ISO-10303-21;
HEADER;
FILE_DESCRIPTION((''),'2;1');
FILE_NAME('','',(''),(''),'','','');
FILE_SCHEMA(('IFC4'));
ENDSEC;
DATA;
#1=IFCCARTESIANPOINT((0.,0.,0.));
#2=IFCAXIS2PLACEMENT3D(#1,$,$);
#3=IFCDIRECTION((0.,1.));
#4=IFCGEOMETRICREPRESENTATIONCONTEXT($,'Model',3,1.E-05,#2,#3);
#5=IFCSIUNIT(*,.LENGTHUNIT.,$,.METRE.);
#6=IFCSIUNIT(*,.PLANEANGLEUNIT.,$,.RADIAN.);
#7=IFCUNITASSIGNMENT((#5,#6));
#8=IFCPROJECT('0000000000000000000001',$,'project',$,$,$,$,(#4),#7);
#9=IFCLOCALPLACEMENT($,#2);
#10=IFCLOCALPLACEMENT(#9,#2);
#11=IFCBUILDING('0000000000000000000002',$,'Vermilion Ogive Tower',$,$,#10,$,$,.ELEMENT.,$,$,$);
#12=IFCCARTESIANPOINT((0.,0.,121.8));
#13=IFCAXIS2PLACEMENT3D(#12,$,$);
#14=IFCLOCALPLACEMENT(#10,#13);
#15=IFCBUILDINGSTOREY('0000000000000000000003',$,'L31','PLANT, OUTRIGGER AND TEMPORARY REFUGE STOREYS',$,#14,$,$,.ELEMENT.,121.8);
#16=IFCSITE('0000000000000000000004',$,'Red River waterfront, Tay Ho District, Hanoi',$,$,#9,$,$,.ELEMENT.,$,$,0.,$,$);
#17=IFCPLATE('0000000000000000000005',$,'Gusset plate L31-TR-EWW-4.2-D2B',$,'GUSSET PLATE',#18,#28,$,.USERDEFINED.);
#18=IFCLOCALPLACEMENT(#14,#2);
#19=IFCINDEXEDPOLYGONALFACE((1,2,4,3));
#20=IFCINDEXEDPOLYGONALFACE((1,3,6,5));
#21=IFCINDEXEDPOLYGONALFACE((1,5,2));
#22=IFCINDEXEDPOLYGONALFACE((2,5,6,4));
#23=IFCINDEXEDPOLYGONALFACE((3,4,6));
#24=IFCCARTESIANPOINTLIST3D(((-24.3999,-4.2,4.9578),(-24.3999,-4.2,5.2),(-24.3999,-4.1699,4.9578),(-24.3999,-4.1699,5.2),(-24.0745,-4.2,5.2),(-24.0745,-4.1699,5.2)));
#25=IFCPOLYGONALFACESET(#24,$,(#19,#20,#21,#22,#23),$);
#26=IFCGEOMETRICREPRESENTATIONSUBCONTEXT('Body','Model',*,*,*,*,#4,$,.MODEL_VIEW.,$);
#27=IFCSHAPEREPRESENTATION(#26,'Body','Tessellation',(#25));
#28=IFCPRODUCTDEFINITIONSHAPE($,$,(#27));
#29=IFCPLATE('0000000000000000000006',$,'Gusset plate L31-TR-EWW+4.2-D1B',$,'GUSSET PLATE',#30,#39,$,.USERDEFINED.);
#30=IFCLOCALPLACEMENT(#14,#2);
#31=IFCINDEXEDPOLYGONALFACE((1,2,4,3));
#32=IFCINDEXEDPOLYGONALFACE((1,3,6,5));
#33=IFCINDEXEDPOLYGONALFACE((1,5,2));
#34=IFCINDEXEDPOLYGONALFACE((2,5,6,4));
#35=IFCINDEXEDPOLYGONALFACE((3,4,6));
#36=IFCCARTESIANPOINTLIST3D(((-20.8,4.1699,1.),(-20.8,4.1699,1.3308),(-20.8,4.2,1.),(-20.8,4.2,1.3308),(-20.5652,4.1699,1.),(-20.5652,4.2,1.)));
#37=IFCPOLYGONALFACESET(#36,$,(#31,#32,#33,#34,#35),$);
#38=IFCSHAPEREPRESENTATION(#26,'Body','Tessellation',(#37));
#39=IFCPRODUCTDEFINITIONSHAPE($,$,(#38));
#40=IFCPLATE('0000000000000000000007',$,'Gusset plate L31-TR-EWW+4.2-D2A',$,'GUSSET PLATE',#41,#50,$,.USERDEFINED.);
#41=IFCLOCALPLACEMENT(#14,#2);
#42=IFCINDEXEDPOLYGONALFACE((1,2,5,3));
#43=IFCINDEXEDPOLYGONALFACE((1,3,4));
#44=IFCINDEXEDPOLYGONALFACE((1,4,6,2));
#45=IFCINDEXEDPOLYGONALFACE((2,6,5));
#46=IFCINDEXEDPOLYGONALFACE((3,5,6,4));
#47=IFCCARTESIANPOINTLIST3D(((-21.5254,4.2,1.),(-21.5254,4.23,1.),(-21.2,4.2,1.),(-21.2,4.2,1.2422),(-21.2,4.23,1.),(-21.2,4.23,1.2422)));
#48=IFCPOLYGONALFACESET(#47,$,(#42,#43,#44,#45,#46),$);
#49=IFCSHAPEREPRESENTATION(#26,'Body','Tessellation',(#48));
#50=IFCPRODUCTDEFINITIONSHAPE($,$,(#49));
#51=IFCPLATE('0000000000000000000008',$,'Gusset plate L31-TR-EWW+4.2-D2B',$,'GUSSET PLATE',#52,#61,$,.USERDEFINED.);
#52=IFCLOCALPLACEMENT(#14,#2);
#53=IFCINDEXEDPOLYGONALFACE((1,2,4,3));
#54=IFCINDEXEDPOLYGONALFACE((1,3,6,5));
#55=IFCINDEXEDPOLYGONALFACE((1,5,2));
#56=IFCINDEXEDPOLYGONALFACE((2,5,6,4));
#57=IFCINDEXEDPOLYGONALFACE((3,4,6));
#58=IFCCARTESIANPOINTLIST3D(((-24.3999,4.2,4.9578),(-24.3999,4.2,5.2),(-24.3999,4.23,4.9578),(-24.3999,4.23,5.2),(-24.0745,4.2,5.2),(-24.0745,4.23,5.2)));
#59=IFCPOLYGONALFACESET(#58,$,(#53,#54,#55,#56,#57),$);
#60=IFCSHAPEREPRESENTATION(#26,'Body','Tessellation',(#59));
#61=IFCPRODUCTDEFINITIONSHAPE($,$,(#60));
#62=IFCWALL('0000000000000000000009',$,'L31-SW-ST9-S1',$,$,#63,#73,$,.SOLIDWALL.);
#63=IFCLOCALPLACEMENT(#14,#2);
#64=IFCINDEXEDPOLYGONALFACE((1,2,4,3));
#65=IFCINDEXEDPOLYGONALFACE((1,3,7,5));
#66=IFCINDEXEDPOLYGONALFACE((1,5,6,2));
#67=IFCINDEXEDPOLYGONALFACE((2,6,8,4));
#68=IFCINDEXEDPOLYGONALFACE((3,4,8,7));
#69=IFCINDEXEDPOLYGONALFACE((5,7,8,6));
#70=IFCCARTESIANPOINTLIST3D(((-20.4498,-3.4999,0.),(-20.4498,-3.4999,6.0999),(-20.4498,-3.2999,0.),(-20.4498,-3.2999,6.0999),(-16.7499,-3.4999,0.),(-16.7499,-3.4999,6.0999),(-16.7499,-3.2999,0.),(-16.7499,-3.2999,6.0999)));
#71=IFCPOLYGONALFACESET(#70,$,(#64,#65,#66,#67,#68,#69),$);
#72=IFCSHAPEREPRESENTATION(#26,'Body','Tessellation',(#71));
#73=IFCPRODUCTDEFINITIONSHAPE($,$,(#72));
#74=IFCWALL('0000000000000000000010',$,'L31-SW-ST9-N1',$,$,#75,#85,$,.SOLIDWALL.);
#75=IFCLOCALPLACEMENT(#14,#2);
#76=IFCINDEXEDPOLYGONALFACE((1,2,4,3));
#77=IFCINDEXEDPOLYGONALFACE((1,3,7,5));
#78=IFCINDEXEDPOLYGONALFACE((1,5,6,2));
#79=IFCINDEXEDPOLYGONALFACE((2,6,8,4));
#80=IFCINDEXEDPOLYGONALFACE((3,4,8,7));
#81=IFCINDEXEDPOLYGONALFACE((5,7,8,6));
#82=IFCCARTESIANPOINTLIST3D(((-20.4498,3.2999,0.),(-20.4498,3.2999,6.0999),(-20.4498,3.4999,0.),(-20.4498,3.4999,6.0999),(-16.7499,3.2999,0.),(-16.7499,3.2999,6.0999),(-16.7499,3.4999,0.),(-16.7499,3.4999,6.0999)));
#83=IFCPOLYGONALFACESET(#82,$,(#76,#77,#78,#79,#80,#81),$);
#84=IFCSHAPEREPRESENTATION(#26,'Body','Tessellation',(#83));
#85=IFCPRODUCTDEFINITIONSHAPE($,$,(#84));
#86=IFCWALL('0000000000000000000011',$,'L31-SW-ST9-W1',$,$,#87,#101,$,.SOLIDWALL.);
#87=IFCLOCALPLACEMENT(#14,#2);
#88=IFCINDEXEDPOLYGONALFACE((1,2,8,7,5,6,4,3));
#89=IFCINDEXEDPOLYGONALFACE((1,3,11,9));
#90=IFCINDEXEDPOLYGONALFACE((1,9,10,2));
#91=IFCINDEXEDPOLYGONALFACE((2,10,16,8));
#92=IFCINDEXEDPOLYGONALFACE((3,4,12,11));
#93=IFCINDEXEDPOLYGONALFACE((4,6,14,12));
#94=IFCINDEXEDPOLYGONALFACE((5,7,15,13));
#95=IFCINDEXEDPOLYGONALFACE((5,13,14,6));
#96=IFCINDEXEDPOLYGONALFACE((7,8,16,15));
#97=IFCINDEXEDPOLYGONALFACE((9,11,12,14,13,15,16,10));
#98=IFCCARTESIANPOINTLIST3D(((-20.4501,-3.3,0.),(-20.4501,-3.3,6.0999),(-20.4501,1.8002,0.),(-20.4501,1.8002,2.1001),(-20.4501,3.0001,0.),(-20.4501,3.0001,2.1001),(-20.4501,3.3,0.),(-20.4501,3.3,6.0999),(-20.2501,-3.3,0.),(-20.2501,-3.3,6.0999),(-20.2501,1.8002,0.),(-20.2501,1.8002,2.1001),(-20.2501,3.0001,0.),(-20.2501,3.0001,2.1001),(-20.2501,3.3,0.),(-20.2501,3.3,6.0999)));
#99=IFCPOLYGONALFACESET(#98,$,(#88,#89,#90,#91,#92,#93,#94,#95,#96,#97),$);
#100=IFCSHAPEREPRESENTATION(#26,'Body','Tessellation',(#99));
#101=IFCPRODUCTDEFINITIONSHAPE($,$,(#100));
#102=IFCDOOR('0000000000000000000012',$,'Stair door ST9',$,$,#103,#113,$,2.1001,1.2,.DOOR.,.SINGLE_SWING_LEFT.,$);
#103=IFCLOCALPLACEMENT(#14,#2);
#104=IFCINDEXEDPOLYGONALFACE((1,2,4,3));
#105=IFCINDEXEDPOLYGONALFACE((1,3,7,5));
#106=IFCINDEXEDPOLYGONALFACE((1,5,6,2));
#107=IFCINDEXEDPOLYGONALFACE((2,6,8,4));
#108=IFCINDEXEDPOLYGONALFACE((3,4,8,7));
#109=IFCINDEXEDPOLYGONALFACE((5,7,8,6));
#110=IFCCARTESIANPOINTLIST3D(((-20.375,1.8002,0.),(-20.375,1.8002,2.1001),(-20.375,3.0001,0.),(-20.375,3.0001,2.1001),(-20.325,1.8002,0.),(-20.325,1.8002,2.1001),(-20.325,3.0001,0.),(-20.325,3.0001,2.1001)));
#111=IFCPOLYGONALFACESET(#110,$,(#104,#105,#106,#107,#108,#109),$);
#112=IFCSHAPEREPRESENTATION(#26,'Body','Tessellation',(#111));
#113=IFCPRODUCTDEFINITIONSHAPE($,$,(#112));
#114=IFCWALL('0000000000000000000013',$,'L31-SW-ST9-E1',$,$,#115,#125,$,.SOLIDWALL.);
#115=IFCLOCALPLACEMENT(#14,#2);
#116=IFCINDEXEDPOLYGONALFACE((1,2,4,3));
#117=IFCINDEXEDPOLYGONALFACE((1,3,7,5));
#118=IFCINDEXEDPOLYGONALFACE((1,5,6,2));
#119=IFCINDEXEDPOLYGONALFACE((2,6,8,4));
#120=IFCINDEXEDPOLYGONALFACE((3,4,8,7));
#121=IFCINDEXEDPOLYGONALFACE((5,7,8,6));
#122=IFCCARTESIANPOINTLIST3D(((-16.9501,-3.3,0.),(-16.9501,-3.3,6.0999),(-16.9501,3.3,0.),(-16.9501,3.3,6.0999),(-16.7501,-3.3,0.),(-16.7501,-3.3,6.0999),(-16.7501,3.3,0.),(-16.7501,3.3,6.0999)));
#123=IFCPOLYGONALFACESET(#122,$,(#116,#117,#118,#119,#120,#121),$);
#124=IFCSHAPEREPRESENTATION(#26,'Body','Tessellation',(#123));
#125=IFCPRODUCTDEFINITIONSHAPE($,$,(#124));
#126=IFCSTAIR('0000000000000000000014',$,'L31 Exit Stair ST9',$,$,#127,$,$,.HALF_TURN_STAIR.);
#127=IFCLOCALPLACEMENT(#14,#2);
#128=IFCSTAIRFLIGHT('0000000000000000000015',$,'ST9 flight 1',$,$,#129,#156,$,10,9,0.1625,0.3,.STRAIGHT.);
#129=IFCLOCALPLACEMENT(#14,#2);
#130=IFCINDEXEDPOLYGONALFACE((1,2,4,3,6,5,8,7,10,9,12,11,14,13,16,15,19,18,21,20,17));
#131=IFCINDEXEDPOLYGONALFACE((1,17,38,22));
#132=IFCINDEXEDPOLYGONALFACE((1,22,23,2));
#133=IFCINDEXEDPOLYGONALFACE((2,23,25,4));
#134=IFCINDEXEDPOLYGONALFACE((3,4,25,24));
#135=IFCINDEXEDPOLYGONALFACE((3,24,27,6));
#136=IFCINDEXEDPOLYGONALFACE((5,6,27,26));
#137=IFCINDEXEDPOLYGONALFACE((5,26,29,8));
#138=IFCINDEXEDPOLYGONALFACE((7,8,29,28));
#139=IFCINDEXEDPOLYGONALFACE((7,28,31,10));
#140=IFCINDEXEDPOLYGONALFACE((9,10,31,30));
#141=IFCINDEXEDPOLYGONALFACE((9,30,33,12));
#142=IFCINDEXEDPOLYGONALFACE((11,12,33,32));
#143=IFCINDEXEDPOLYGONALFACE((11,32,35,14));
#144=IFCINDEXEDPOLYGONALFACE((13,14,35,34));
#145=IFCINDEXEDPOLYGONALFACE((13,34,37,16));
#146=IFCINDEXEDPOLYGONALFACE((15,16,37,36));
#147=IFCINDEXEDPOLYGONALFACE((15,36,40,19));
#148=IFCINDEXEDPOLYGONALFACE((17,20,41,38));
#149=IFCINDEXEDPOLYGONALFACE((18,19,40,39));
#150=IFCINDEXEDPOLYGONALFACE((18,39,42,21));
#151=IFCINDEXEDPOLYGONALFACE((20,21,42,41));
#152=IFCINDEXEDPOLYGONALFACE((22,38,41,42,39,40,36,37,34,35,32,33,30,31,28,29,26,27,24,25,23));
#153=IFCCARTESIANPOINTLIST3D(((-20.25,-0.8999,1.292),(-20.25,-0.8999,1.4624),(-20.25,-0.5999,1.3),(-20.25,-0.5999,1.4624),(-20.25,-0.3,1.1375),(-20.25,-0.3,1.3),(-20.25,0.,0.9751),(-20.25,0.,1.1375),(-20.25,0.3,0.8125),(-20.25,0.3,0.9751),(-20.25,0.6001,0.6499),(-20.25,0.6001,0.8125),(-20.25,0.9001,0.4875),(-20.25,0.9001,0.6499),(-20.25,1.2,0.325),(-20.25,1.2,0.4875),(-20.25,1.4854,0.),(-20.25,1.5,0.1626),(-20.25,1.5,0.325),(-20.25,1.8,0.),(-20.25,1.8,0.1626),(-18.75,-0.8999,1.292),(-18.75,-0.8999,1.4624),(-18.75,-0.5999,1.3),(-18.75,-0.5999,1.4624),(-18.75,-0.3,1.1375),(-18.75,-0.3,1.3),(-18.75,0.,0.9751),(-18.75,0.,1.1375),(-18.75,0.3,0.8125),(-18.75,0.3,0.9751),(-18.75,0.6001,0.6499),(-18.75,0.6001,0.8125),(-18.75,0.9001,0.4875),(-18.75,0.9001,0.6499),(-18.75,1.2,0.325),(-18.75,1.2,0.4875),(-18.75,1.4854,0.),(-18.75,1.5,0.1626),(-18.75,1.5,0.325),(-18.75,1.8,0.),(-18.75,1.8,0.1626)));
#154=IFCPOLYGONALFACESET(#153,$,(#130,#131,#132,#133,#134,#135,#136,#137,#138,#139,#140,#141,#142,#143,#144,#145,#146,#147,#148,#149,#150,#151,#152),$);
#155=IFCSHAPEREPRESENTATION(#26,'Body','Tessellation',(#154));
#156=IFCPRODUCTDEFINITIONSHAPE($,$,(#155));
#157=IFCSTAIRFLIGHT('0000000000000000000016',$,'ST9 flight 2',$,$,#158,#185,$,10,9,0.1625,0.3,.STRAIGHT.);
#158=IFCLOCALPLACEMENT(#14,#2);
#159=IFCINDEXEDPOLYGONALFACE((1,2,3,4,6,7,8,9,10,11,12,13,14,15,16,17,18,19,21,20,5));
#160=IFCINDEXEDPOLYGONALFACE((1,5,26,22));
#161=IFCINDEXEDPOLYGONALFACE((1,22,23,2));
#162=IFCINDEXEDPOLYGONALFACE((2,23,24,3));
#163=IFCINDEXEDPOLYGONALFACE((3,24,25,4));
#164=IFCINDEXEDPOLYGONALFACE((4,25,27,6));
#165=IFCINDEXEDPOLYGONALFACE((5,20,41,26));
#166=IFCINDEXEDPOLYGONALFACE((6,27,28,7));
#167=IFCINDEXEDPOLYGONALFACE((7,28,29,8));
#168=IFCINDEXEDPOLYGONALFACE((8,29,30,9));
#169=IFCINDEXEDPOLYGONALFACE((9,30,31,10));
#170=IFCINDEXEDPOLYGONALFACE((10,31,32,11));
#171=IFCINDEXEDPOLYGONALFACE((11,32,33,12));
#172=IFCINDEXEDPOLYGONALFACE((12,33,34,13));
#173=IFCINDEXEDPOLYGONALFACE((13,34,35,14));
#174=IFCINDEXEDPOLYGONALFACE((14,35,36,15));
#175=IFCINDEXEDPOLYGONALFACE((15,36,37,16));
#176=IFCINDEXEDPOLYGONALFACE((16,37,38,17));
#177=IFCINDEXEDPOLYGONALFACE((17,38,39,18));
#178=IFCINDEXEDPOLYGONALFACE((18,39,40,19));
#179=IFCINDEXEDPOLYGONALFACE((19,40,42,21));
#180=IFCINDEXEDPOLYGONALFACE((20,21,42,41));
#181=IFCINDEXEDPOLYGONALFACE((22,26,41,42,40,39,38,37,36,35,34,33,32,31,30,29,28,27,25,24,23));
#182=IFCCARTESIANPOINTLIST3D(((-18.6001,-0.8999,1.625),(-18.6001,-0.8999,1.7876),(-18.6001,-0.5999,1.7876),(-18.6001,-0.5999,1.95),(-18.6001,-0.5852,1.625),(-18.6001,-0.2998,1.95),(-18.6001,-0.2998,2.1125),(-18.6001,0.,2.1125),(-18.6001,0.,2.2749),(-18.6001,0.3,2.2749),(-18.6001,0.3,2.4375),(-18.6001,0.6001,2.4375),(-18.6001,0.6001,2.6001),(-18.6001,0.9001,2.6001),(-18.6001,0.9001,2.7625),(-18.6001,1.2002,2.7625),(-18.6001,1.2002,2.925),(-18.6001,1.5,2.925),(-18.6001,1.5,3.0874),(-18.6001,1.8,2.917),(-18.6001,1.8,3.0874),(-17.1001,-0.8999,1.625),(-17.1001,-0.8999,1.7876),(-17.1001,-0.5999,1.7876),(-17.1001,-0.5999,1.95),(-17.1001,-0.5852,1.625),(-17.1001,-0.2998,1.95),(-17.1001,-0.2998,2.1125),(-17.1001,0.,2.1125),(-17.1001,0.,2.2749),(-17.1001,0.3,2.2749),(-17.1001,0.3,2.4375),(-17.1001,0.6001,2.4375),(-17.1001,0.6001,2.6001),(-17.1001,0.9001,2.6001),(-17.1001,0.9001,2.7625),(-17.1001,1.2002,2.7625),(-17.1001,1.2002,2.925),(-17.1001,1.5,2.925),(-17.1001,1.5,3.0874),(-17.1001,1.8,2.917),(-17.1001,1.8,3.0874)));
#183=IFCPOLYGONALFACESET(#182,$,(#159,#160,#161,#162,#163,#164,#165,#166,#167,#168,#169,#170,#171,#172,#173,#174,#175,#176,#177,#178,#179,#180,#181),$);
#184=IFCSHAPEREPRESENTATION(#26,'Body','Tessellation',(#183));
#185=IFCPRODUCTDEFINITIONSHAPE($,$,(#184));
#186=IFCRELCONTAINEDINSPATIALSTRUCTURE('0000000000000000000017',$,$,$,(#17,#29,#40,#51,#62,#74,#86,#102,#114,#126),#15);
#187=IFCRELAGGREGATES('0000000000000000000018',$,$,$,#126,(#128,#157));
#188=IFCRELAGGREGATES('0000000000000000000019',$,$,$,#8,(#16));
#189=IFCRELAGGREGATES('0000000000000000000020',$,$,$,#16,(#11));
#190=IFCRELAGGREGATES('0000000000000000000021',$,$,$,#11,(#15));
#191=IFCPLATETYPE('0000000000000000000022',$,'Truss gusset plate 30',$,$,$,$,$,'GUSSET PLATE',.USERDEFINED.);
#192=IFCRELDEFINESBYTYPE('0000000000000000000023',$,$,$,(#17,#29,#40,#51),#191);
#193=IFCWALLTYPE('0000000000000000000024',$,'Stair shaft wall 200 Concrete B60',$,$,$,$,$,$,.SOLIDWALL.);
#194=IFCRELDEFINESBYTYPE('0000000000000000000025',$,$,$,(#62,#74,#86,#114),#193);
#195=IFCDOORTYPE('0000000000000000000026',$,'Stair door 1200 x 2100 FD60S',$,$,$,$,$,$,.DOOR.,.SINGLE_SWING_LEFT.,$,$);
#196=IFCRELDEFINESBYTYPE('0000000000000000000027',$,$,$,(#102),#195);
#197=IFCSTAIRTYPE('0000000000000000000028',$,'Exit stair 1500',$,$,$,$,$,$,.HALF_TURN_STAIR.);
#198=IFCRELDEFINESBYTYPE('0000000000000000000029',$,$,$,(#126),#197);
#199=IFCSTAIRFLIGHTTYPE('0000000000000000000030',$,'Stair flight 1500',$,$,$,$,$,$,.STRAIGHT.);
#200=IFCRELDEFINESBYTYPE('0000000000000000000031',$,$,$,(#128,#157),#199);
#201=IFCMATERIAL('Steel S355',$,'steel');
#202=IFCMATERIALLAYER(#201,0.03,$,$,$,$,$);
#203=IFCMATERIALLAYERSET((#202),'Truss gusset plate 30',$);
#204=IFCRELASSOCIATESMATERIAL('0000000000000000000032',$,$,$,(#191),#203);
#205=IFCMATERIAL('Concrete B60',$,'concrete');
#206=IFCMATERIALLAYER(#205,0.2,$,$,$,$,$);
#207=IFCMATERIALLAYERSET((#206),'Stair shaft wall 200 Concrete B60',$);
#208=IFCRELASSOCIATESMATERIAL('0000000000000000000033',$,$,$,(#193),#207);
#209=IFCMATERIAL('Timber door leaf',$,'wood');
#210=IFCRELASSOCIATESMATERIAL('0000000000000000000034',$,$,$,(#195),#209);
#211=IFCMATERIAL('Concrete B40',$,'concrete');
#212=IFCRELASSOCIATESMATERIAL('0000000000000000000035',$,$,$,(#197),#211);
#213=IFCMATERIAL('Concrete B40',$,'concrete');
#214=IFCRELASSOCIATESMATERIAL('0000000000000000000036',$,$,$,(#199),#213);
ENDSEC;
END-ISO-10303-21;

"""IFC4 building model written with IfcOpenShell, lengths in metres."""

from ifc_helpers import new_model, si_unit, direction, frame, frame_2d, origin, place, context, subcontext, project, spatial, polyline, rectangle, outline, extrude, material, layer, layer_set, type_object, element, fill, aggregate, save


model = new_model("IFC4")

# Units and contexts
model_context = context("Model", 3, precision=1e-05, world=origin(), true_north=direction((0.0, 1.0)))
body_context = subcontext(model_context, "Body", "Model", "MODEL_VIEW")
ifc_project = project(units=[si_unit("LENGTHUNIT", "METRE"), si_unit("PLANEANGLEUNIT", "RADIAN")], contexts=[model_context])

# Site, building, storey
site_placement = place(None, origin())
site = spatial("IfcSite", under=ifc_project, at=site_placement, Name="Red River waterfront, Tay Ho District, Hanoi", CompositionType="ELEMENT", RefElevation=0.0)
building_placement = place(site_placement, origin())
building = spatial("IfcBuilding", under=site, at=building_placement, Name="Vermilion Ogive Tower", CompositionType="ELEMENT")
storey_placement = place(building_placement, frame((0.0, 0.0, 121.8)))
storey = spatial("IfcBuildingStorey", under=building, at=storey_placement, Name="L31", Description="PLANT, OUTRIGGER AND TEMPORARY REFUGE STOREYS", CompositionType="ELEMENT", Elevation=121.8)

# Plates
ifc_material_1 = material(Name="Steel S355", Category="steel")
ifc_layer_1 = layer(ifc_material_1, 0.03)
ifc_layer_set_1 = layer_set([ifc_layer_1], Name="Truss gusset plate 30")
plate_type = type_object("IfcPlateType", Name="Truss gusset plate 30", ElementType="GUSSET PLATE", PredefinedType="USERDEFINED", material=ifc_layer_set_1)
for number, where, z_axis, x_axis, name in (
    (1, (-24.3999, -4.2, 4.9578), (0.0, -1.0, 0.0), (0.802233, 0.0, 0.597011), "Gusset plate L31-TR-EWW-4.2-D2B"),
):
    element("IfcPlate", number, at=place(storey_placement, frame(where, z_axis=z_axis, x_axis=x_axis)), inside=storey, type_object=plate_type, Name=name, ObjectType="GUSSET PLATE", PredefinedType="USERDEFINED", context=body_context, shape_type="SweptSolid", body=[
        extrude(outline(polyline([(0.0, 0.0), (0.4057, 0.0), (0.1446, 0.1943), (0.0, 0.0)])), origin(), (0.0, 0.0, -1.0), 0.03),
    ])
plate_1_placement = place(storey_placement, frame((-20.8, 4.2, 1.3308), z_axis=(0.0, 1.0, 0.0), x_axis=(0.578902, 0.0, -0.815397)))
element("IfcPlate", 2, at=plate_1_placement, inside=storey, type_object=plate_type, Name="Gusset plate L31-TR-EWW+4.2-D1B", ObjectType="GUSSET PLATE", PredefinedType="USERDEFINED", context=body_context, shape_type="SweptSolid", body=[
    extrude(outline(polyline([(0.0, 0.0), (0.4057, 0.0), (0.2697, 0.1915), (0.0, 0.0)])), origin(), (0.0, 0.0, -1.0), 0.03),
])
for number, where, z_axis, x_axis, name in (
    (3, (-21.2, 4.2, 1.2422), (0.0, -1.0, 0.0), (-0.802233, 0.0, -0.597011), "Gusset plate L31-TR-EWW+4.2-D2A"),
    (4, (-24.3999, 4.2, 4.9578), (0.0, -1.0, 0.0), (0.802233, 0.0, 0.597011), "Gusset plate L31-TR-EWW+4.2-D2B"),
):
    element("IfcPlate", number, at=place(storey_placement, frame(where, z_axis=z_axis, x_axis=x_axis)), inside=storey, type_object=plate_type, Name=name, ObjectType="GUSSET PLATE", PredefinedType="USERDEFINED", context=body_context, shape_type="SweptSolid", body=[
        extrude(outline(polyline([(0.0, 0.0), (0.4057, 0.0), (0.1446, 0.1943), (0.0, 0.0)])), origin(), (0.0, 0.0, -1.0), 0.03),
    ])

# Walls
ifc_material_2 = material(Name="Concrete B60", Category="concrete")
ifc_layer_2 = layer(ifc_material_2, 0.2)
ifc_layer_set_2 = layer_set([ifc_layer_2], Name="Stair shaft wall 200 Concrete B60")
wall_type = type_object("IfcWallType", Name="Stair shaft wall 200 Concrete B60", PredefinedType="SOLIDWALL", material=ifc_layer_set_2)
for number, where, z_axis, x_axis, name in (
    (5, (-20.45, -3.3999, 0.0), (0.0, 0.0, 1.0), (1.0, 0.0, 0.0), "L31-SW-ST9-S1"),
    (6, (-20.45, 3.3999, 0.0), (0.0, 0.0, 1.0), (1.0, 0.0, 0.0), "L31-SW-ST9-N1"),
):
    element("IfcWall", number, at=place(storey_placement, frame(where, z_axis=z_axis, x_axis=x_axis)), inside=storey, type_object=wall_type, Name=name, PredefinedType="SOLIDWALL", context=body_context, shape_type="SweptSolid", body=[
        extrude(rectangle(XDim=3.7, YDim=0.2, at=frame_2d((1.8501, 0.0))), origin(), (0.0, 0.0, 1.0), 6.0999),
    ])

# Wall, opening, door
wall_1_placement = place(storey_placement, frame((-20.3501, -3.3, 0.0), z_axis=(0.0, 0.0, 1.0), x_axis=(0.0, 1.0, 0.0)))
wall_1 = element("IfcWall", 7, at=wall_1_placement, inside=storey, type_object=wall_type, Name="L31-SW-ST9-W1", PredefinedType="SOLIDWALL", context=body_context, shape_type="SweptSolid", body=[
    extrude(rectangle(XDim=6.6001, YDim=0.2, at=frame_2d((3.3, 0.0))), origin(), (0.0, 0.0, 1.0), 6.0999),
])
opening_placement = place(wall_1_placement, frame((5.1001, 0.0, 0.0)))
opening = element("IfcOpeningElement", 8, at=opening_placement, cuts=wall_1, PredefinedType="OPENING", context=body_context, shape_type="SweptSolid", body=[
    extrude(rectangle(XDim=1.2, YDim=2.1001, at=frame_2d((0.6001, 1.05))), frame((0.0, 0.1099, 0.0), z_axis=(0.0, -1.0, 0.0), x_axis=(1.0, 0.0, 0.0)), (0.0, 0.0, 1.0), 0.22),
])
ifc_material_3 = material(Name="Timber door leaf", Category="wood")
door_type = type_object("IfcDoorType", Name="Stair door 1200 x 2100 FD60S", OperationType="SINGLE_SWING_LEFT", PredefinedType="DOOR", material=ifc_material_3)
door_placement = place(opening_placement, origin())
door = element("IfcDoor", 9, at=door_placement, inside=storey, type_object=door_type, Name="Stair door ST9", OperationType="SINGLE_SWING_LEFT", OverallHeight=2.1001, OverallWidth=1.2, PredefinedType="DOOR", context=body_context, shape_type="SweptSolid", body=[
    extrude(rectangle(XDim=1.2, YDim=2.1001, at=frame_2d((0.6001, 1.05))), frame((0.0, 0.0249, 0.0), z_axis=(0.0, -1.0, 0.0), x_axis=(1.0, 0.0, 0.0)), (0.0, 0.0, 1.0), 0.05),
])
fill(opening, door)

# Wall
wall_2_placement = place(storey_placement, frame((-16.8501, -3.3, 0.0), z_axis=(0.0, 0.0, 1.0), x_axis=(0.0, 1.0, 0.0)))
element("IfcWall", 10, at=wall_2_placement, inside=storey, type_object=wall_type, Name="L31-SW-ST9-E1", PredefinedType="SOLIDWALL", context=body_context, shape_type="SweptSolid", body=[
    extrude(rectangle(XDim=6.6001, YDim=0.2, at=frame_2d((3.3, 0.0))), origin(), (0.0, 0.0, 1.0), 6.0999),
])

# Stair, stair flights
ifc_material_4 = material(Name="Concrete B40", Category="concrete")
stair_type = type_object("IfcStairType", Name="Exit stair 1500", PredefinedType="HALF_TURN_STAIR", material=ifc_material_4)
stair_placement = place(storey_placement, origin())
stair = element("IfcStair", 11, at=stair_placement, inside=storey, type_object=stair_type, Name="L31 Exit Stair ST9", PredefinedType="HALF_TURN_STAIR")
ifc_material_5 = material(Name="Concrete B40", Category="concrete")
stair_flight_type = type_object("IfcStairFlightType", Name="Stair flight 1500", PredefinedType="STRAIGHT", material=ifc_material_5)
stair_flight_1_placement = place(storey_placement, frame((-19.5, 1.8, 0.0), z_axis=(0.0, 0.0, 1.0), x_axis=(0.0, -1.0, 0.0)))
stair_flight_1 = element("IfcStairFlight", 12, at=stair_flight_1_placement, type_object=stair_flight_type, Name="ST9 flight 1", NumberOfRisers=10, NumberOfTreads=9, PredefinedType="STRAIGHT", RiserHeight=0.1625, TreadLength=0.3, context=body_context, shape_type="SweptSolid", body=[
    extrude(outline(polyline([(0.0, 0.0), (0.0, 0.1626), (0.3, 0.1626), (0.3, 0.325), (0.6001, 0.325), (0.6001, 0.4875), (0.8999, 0.4875), (0.8999, 0.6499), (1.2, 0.6499), (1.2, 0.8125), (1.5, 0.8125), (1.5, 0.9751), (1.8, 0.9751), (1.8, 1.1375), (2.1001, 1.1375), (2.1001, 1.3), (2.3999, 1.3), (2.3999, 1.4624), (2.7, 1.4624), (2.7, 1.625), (2.7, 1.292), (0.3147, 0.0), (0.0, 0.0)])), frame((0.0, 0.75, 0.0), z_axis=(0.0, -1.0, 0.0), x_axis=(1.0, 0.0, 0.0)), (0.0, 0.0, 1.0), 1.5),
])
stair_flight_2_placement = place(storey_placement, frame((-17.8501, -0.8999, 1.625), z_axis=(0.0, 0.0, 1.0), x_axis=(0.0, 1.0, 0.0)))
stair_flight_2 = element("IfcStairFlight", 13, at=stair_flight_2_placement, type_object=stair_flight_type, Name="ST9 flight 2", NumberOfRisers=10, NumberOfTreads=9, PredefinedType="STRAIGHT", RiserHeight=0.1625, TreadLength=0.3, context=body_context, shape_type="SweptSolid", body=[
    extrude(outline(polyline([(0.0, 0.0), (0.0, 0.1626), (0.3, 0.1626), (0.3, 0.325), (0.6001, 0.325), (0.6001, 0.4875), (0.8999, 0.4875), (0.8999, 0.6499), (1.2, 0.6499), (1.2, 0.8125), (1.5, 0.8125), (1.5, 0.9751), (1.8, 0.9751), (1.8, 1.1375), (2.1001, 1.1375), (2.1001, 1.3), (2.3999, 1.3), (2.3999, 1.4624), (2.7, 1.4624), (2.7, 1.625), (2.7, 1.292), (0.3147, 0.0), (0.0, 0.0)])), frame((0.0, 0.75, 0.0), z_axis=(0.0, -1.0, 0.0), x_axis=(1.0, 0.0, 0.0)), (0.0, 0.0, 1.0), 1.5),
])
aggregate(stair, [stair_flight_1, stair_flight_2])

save(model, "model.ifc")
